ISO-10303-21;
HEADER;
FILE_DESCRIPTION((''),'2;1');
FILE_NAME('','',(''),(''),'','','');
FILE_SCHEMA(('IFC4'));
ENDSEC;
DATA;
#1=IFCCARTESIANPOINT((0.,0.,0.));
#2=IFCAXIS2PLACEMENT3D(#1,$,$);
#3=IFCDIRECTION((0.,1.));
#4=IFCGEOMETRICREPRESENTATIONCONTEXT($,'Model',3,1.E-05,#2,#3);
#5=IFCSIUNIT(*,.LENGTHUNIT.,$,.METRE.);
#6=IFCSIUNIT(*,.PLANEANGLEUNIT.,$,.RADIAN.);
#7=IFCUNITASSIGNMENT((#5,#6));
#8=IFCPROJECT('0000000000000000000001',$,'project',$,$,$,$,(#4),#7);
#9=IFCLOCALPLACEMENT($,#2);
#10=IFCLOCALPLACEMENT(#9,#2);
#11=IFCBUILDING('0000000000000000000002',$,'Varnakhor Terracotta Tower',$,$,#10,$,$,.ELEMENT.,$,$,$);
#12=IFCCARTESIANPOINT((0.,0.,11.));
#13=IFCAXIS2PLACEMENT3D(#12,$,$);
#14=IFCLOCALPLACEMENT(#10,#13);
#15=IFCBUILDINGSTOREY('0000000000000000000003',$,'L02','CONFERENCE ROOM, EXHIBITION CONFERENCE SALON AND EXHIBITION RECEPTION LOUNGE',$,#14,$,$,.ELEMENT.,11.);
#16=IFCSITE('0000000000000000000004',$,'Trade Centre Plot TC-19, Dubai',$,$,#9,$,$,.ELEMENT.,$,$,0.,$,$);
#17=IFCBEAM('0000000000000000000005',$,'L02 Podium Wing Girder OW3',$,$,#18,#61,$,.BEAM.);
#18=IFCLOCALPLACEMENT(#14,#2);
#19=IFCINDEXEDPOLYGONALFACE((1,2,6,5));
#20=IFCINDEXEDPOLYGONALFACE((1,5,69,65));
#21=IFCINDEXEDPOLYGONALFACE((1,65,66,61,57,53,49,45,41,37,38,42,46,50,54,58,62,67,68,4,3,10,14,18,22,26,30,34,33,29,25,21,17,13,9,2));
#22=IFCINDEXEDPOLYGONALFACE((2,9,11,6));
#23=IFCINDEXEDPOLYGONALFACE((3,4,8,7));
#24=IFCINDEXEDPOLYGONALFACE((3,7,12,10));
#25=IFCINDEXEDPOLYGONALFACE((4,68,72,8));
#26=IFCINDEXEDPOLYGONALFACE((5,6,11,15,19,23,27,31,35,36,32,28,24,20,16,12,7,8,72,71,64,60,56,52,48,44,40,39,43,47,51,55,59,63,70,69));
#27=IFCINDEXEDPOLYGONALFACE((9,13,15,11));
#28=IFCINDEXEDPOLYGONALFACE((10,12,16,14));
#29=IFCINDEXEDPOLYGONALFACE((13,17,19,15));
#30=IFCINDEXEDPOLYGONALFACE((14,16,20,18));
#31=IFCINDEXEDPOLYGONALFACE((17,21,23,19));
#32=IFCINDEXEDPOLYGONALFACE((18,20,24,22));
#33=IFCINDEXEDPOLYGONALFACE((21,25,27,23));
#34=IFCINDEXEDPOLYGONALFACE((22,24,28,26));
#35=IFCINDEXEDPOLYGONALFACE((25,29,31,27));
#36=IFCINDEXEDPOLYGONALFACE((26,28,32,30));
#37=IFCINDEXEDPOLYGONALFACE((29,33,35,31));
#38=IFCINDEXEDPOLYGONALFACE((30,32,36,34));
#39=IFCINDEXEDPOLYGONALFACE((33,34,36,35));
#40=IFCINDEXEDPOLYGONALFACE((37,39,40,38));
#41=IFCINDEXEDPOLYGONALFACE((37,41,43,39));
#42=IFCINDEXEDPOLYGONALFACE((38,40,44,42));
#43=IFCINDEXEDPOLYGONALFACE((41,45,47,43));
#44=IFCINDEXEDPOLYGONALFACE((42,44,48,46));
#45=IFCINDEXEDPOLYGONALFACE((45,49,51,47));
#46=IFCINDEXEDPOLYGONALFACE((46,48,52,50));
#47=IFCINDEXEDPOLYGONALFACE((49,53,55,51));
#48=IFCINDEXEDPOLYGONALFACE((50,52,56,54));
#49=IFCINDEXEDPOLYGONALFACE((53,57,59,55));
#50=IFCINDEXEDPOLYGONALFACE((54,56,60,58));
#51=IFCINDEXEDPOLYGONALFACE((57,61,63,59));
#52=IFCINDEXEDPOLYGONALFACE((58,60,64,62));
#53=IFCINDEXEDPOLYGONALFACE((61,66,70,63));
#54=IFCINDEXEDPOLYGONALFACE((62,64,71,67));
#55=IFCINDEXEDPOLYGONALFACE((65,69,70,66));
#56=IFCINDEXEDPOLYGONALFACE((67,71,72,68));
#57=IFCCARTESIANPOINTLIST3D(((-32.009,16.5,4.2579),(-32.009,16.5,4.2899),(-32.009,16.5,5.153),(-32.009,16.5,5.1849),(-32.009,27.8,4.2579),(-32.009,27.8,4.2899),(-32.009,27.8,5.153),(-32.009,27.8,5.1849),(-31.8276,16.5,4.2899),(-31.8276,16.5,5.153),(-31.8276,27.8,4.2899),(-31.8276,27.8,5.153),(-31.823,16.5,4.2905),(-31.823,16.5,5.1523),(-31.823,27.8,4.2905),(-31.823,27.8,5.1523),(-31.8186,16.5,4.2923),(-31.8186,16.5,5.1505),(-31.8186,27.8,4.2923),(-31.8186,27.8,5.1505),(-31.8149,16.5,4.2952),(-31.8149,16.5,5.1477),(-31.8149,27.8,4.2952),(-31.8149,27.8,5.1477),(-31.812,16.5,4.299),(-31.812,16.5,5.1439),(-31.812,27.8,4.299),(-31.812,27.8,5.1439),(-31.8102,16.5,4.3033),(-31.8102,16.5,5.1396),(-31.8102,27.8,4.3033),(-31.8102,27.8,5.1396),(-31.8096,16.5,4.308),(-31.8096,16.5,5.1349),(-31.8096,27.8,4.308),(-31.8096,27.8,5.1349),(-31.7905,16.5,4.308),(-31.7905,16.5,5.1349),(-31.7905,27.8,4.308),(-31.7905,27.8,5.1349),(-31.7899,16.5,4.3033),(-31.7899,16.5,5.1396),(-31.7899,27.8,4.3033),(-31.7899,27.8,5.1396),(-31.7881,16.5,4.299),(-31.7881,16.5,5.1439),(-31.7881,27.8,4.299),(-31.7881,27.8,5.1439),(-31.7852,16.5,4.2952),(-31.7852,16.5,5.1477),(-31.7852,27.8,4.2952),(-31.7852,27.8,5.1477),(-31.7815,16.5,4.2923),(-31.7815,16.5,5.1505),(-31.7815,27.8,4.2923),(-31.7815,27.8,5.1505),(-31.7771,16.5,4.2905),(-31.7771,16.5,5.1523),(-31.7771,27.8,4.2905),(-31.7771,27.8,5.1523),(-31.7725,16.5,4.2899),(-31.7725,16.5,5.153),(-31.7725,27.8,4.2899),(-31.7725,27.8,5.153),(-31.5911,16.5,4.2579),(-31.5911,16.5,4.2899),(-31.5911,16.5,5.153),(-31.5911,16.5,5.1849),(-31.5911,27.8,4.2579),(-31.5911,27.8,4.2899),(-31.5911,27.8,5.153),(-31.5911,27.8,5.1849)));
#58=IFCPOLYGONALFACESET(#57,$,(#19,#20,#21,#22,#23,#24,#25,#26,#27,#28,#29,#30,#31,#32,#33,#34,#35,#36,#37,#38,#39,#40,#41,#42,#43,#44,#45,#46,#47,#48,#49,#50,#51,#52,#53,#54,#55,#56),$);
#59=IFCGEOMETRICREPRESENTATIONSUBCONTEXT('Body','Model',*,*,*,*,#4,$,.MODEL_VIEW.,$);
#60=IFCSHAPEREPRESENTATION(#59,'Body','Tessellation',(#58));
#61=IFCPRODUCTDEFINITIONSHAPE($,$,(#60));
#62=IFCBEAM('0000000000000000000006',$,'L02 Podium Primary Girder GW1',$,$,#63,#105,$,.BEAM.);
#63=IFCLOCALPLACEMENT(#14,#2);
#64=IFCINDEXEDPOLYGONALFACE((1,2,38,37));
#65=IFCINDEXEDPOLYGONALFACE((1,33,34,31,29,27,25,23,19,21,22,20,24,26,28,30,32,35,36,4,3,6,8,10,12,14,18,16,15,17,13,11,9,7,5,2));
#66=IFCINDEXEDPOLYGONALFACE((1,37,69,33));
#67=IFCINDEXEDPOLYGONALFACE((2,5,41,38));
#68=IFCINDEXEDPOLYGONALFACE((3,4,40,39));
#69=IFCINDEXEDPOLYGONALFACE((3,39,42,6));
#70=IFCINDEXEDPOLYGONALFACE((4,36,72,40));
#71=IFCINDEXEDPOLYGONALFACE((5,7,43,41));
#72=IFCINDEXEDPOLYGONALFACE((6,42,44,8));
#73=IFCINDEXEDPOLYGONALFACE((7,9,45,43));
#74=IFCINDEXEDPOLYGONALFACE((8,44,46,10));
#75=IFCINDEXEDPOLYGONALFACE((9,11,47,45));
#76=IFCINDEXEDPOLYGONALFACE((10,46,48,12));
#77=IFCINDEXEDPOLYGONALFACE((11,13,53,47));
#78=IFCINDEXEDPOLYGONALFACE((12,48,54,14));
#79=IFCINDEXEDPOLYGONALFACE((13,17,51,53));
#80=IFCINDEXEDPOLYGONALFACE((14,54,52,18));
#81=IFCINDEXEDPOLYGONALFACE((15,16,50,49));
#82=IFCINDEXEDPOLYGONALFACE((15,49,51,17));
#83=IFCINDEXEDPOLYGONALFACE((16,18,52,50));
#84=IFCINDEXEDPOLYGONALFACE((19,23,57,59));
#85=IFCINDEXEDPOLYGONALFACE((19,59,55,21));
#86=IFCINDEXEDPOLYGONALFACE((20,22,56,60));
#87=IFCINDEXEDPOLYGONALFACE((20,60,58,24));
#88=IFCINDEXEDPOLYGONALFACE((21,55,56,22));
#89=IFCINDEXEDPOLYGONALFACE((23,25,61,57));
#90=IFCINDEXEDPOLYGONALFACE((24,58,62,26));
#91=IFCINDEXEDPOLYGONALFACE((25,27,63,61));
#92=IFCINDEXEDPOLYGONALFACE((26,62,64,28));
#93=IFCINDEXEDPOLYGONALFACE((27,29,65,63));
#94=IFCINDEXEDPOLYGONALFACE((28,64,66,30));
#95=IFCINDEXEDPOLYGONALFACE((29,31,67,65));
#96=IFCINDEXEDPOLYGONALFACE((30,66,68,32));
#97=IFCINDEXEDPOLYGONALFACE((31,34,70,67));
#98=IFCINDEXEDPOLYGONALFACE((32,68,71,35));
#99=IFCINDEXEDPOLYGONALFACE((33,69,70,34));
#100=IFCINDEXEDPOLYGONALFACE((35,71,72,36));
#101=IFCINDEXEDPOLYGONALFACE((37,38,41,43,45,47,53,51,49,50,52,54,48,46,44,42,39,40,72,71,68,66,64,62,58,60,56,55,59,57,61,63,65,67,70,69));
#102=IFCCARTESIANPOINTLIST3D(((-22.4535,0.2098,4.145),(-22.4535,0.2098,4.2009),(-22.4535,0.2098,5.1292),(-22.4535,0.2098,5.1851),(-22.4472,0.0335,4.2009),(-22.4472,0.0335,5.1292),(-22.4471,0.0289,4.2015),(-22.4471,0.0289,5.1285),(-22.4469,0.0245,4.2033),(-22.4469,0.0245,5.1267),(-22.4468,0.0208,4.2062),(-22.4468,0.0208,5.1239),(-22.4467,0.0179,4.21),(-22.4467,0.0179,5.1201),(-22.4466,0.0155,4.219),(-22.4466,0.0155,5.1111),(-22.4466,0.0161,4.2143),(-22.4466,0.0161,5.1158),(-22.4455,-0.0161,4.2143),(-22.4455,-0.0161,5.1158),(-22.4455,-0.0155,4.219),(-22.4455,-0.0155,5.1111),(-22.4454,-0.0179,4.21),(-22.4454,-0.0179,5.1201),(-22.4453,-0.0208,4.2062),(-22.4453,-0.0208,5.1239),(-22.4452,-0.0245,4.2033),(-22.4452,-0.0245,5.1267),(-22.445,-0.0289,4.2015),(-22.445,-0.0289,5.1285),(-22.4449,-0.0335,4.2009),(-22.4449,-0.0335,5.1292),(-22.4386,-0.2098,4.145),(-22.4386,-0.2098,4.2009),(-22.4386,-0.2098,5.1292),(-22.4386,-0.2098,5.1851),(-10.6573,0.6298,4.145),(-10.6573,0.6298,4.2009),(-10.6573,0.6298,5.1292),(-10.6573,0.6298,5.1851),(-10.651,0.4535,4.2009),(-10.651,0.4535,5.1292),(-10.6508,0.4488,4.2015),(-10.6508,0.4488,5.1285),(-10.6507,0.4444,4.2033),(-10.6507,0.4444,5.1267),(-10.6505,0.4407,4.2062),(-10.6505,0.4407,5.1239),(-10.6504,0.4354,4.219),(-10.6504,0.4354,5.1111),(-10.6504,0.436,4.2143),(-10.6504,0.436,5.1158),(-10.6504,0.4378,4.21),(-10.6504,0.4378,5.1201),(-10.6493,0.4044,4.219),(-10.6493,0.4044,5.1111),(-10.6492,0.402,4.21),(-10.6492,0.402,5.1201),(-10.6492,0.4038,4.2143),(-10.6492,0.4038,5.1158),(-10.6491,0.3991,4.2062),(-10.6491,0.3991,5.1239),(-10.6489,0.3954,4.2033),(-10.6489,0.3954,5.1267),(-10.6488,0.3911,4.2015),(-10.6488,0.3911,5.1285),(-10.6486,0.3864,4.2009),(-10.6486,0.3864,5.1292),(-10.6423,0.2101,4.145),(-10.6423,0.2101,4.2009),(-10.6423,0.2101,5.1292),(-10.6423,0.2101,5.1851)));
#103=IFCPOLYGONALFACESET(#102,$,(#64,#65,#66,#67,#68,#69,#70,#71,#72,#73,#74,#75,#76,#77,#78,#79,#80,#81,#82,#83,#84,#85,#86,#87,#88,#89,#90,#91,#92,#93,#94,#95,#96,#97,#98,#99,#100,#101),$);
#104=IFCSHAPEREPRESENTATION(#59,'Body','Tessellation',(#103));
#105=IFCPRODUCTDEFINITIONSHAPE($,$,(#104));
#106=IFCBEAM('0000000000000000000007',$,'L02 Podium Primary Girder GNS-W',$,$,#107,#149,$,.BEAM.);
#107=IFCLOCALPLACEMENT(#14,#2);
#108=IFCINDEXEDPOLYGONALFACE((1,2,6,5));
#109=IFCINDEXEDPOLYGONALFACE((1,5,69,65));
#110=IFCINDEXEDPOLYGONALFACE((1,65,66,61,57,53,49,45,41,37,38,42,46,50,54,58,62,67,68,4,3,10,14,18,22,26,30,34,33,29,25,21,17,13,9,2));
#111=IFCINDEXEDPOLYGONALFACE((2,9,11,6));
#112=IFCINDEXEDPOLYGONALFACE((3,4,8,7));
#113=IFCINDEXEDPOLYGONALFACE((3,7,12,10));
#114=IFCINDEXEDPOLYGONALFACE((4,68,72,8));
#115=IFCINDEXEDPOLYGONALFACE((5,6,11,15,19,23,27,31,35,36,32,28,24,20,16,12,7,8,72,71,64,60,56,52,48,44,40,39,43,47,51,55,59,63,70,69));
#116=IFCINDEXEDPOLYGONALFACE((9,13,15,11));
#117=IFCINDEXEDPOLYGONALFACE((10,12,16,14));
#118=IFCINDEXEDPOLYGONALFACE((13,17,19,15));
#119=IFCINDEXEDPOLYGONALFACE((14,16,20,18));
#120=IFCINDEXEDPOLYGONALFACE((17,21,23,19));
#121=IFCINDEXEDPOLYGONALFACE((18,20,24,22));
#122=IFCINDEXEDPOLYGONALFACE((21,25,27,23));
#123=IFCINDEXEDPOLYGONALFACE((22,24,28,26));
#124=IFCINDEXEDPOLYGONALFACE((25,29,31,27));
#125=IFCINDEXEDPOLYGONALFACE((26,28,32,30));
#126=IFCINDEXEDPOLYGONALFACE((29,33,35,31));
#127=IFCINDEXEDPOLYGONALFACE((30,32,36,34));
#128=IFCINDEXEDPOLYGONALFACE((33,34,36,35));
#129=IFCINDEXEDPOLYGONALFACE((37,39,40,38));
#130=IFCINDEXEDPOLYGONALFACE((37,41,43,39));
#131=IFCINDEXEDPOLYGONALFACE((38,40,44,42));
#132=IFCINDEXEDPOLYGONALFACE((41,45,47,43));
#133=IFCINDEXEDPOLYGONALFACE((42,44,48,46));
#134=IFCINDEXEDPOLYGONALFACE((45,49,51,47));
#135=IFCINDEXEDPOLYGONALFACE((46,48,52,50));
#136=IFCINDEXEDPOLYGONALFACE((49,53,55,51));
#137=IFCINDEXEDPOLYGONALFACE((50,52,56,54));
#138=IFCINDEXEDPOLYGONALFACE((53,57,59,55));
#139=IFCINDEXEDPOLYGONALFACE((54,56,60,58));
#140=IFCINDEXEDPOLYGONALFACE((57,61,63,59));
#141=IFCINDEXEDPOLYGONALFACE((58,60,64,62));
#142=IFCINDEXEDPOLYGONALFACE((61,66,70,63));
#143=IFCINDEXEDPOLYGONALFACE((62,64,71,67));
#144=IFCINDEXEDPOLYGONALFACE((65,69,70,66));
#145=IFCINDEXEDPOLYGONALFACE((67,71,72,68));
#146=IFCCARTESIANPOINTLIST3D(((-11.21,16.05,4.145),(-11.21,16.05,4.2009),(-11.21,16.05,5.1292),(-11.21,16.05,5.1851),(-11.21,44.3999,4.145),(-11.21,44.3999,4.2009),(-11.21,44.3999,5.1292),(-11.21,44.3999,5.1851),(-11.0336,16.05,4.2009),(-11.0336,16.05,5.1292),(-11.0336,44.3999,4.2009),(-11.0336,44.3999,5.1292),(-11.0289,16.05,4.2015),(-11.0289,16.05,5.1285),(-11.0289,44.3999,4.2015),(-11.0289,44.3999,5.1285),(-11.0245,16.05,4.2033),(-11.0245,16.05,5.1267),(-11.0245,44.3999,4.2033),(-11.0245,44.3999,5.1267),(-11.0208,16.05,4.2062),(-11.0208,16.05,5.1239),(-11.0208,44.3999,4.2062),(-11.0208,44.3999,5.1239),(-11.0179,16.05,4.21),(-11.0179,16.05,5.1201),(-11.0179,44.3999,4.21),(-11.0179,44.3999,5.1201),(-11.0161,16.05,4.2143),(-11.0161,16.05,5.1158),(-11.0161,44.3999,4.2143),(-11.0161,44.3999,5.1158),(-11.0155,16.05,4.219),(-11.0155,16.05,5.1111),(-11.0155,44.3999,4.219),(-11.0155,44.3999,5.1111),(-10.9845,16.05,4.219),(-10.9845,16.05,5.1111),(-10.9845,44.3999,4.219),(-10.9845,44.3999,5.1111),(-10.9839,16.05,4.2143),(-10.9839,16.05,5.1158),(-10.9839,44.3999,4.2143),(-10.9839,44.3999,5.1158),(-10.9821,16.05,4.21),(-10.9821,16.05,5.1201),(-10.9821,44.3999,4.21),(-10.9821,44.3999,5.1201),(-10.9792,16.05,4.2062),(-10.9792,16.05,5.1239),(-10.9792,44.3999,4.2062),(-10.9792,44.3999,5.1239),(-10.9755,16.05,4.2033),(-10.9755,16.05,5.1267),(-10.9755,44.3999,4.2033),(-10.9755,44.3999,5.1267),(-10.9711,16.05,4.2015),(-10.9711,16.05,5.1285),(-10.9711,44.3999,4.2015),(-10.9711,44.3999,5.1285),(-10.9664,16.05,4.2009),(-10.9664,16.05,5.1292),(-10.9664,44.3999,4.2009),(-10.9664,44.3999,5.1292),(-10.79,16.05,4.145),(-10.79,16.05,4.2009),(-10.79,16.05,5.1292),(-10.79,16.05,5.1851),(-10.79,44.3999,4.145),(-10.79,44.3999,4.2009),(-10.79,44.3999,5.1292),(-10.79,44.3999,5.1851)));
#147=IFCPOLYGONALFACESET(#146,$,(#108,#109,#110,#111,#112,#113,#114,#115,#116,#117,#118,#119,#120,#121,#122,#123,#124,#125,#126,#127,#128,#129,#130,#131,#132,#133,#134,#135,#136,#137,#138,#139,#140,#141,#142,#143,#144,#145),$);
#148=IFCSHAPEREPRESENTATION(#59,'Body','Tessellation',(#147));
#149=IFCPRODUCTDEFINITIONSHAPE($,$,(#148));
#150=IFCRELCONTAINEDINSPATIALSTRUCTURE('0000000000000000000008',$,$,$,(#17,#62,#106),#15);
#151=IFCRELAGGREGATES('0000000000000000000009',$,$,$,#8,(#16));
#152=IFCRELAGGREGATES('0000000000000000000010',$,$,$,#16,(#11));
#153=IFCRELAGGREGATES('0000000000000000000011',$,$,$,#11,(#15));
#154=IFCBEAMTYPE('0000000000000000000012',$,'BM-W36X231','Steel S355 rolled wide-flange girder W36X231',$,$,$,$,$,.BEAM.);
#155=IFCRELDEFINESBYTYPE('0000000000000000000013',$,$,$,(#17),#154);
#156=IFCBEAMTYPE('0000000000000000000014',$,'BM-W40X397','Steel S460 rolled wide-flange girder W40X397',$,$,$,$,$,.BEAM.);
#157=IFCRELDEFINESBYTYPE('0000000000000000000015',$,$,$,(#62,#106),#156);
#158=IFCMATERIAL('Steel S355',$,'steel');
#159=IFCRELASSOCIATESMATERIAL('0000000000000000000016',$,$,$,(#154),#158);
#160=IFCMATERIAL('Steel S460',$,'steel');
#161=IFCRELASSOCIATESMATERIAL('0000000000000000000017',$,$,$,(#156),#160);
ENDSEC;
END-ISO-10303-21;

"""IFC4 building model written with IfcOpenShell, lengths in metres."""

from ifc_helpers import new_model, si_unit, direction, frame, origin, origin_2d, place, context, subcontext, project, spatial, i_section, extrude, source, transform, mapped, material, material_profile, profile_set, type_object, type_shapes, element, save


model = new_model("IFC4")

# Units and contexts
model_context = context("Model", 3, precision=1e-05, world=origin(), true_north=direction((0.0, 1.0)))
body_context = subcontext(model_context, "Body", "Model", "MODEL_VIEW")
ifc_project = project(units=[si_unit("LENGTHUNIT", "METRE"), si_unit("PLANEANGLEUNIT", "RADIAN")], contexts=[model_context])

# Site, building, storey
site_placement = place(None, origin())
site = spatial("IfcSite", under=ifc_project, at=site_placement, Name="Trade Centre Plot TC-19, Dubai", CompositionType="ELEMENT", RefElevation=0.0)
building_placement = place(site_placement, origin())
building = spatial("IfcBuilding", under=site, at=building_placement, Name="Varnakhor Terracotta Tower", CompositionType="ELEMENT")
storey_placement = place(building_placement, frame((0.0, 0.0, 11.0)))
storey = spatial("IfcBuildingStorey", under=building, at=storey_placement, Name="L02", Description="CONFERENCE ROOM, EXHIBITION CONFERENCE SALON AND EXHIBITION RECEPTION LOUNGE", CompositionType="ELEMENT", Elevation=11.0)

# Shared definitions
ifc_material_1 = material(Name="Steel S460", Category="steel")

# Beams
ifc_material_2 = material(Name="Steel S355", Category="steel")
ifc_material_profile_1 = material_profile(ifc_material_2, i_section(OverallWidth=0.418, OverallDepth=0.927, WebThickness=0.019, FlangeThickness=0.032, FilletRadius=0.0181, at=origin_2d()), Name="W36X231")
ifc_profile_set_1 = profile_set([ifc_material_profile_1], Name="Steel S355")
beam_type_1 = type_object("IfcBeamType", Name="BM-W36X231", Description="Steel S355 rolled wide-flange girder W36X231", PredefinedType="BEAM", material=ifc_profile_set_1)
shared_shape_1 = source(origin(), body_context, "Body", "SweptSolid", [
    extrude(i_section(OverallWidth=0.418, OverallDepth=0.927, WebThickness=0.019, FlangeThickness=0.032, FilletRadius=0.0181, at=origin_2d()), origin(), (0.0, 0.0, 1.0), 11.3),
])
beam_1_placement = place(storey_placement, frame((-31.8, 16.5, 4.7214), z_axis=(0.0, 1.0, 0.0), x_axis=(-1.0, 0.0, 0.0)))
element("IfcBeam", 1, at=beam_1_placement, inside=storey, type_object=beam_type_1, Name="L02 Podium Wing Girder OW3", PredefinedType="BEAM", context=body_context, shape_type="MappedRepresentation", body=[
    mapped(shared_shape_1, transform((0.0, 0.0, 0.0), scale=1.0)),
])
ifc_material_profile_2 = material_profile(ifc_material_1, i_section(OverallWidth=0.4199, OverallDepth=1.04, WebThickness=0.031, FlangeThickness=0.0559, FilletRadius=0.0181, at=origin_2d()), Name="W40X397")
ifc_profile_set_2 = profile_set([ifc_material_profile_2], Name="Steel S460")
beam_type_2 = type_object("IfcBeamType", Name="BM-W40X397", Description="Steel S460 rolled wide-flange girder W40X397", PredefinedType="BEAM", material=ifc_profile_set_2)
shared_shape_2 = source(origin(), body_context, "Body", "SweptSolid", [
    extrude(i_section(OverallWidth=0.4199, OverallDepth=1.04, WebThickness=0.031, FlangeThickness=0.0559, FilletRadius=0.0181, at=origin_2d()), origin(), (0.0, 0.0, 1.0), 11.8037),
])
type_shapes(beam_type_2, [shared_shape_2])
beam_2_placement = place(storey_placement, frame((-22.446, 0.0, 4.665), z_axis=(0.999367, 0.035576, 0.0), x_axis=(-0.035576, 0.999367, 0.0)))
element("IfcBeam", 2, at=beam_2_placement, inside=storey, type_object=beam_type_2, Name="L02 Podium Primary Girder GW1", PredefinedType="BEAM", context=body_context, shape_type="MappedRepresentation", body=[
    mapped(shared_shape_2, transform((0.0, 0.0, 0.0), scale=1.0)),
])
shared_shape_3 = source(origin(), body_context, "Body", "SweptSolid", [
    extrude(i_section(OverallWidth=0.4199, OverallDepth=1.04, WebThickness=0.031, FlangeThickness=0.0559, FilletRadius=0.0181, at=origin_2d()), origin(), (0.0, 0.0, 1.0), 28.3499),
])
beam_3_placement = place(storey_placement, frame((-11.0, 16.05, 4.665), z_axis=(0.0, 1.0, 0.0), x_axis=(-1.0, 0.0, 0.0)))
element("IfcBeam", 3, at=beam_3_placement, inside=storey, type_object=beam_type_2, Name="L02 Podium Primary Girder GNS-W", PredefinedType="BEAM", context=body_context, shape_type="MappedRepresentation", body=[
    mapped(shared_shape_3, transform((0.0, 0.0, 0.0), scale=1.0)),
])

save(model, "model.ifc")
